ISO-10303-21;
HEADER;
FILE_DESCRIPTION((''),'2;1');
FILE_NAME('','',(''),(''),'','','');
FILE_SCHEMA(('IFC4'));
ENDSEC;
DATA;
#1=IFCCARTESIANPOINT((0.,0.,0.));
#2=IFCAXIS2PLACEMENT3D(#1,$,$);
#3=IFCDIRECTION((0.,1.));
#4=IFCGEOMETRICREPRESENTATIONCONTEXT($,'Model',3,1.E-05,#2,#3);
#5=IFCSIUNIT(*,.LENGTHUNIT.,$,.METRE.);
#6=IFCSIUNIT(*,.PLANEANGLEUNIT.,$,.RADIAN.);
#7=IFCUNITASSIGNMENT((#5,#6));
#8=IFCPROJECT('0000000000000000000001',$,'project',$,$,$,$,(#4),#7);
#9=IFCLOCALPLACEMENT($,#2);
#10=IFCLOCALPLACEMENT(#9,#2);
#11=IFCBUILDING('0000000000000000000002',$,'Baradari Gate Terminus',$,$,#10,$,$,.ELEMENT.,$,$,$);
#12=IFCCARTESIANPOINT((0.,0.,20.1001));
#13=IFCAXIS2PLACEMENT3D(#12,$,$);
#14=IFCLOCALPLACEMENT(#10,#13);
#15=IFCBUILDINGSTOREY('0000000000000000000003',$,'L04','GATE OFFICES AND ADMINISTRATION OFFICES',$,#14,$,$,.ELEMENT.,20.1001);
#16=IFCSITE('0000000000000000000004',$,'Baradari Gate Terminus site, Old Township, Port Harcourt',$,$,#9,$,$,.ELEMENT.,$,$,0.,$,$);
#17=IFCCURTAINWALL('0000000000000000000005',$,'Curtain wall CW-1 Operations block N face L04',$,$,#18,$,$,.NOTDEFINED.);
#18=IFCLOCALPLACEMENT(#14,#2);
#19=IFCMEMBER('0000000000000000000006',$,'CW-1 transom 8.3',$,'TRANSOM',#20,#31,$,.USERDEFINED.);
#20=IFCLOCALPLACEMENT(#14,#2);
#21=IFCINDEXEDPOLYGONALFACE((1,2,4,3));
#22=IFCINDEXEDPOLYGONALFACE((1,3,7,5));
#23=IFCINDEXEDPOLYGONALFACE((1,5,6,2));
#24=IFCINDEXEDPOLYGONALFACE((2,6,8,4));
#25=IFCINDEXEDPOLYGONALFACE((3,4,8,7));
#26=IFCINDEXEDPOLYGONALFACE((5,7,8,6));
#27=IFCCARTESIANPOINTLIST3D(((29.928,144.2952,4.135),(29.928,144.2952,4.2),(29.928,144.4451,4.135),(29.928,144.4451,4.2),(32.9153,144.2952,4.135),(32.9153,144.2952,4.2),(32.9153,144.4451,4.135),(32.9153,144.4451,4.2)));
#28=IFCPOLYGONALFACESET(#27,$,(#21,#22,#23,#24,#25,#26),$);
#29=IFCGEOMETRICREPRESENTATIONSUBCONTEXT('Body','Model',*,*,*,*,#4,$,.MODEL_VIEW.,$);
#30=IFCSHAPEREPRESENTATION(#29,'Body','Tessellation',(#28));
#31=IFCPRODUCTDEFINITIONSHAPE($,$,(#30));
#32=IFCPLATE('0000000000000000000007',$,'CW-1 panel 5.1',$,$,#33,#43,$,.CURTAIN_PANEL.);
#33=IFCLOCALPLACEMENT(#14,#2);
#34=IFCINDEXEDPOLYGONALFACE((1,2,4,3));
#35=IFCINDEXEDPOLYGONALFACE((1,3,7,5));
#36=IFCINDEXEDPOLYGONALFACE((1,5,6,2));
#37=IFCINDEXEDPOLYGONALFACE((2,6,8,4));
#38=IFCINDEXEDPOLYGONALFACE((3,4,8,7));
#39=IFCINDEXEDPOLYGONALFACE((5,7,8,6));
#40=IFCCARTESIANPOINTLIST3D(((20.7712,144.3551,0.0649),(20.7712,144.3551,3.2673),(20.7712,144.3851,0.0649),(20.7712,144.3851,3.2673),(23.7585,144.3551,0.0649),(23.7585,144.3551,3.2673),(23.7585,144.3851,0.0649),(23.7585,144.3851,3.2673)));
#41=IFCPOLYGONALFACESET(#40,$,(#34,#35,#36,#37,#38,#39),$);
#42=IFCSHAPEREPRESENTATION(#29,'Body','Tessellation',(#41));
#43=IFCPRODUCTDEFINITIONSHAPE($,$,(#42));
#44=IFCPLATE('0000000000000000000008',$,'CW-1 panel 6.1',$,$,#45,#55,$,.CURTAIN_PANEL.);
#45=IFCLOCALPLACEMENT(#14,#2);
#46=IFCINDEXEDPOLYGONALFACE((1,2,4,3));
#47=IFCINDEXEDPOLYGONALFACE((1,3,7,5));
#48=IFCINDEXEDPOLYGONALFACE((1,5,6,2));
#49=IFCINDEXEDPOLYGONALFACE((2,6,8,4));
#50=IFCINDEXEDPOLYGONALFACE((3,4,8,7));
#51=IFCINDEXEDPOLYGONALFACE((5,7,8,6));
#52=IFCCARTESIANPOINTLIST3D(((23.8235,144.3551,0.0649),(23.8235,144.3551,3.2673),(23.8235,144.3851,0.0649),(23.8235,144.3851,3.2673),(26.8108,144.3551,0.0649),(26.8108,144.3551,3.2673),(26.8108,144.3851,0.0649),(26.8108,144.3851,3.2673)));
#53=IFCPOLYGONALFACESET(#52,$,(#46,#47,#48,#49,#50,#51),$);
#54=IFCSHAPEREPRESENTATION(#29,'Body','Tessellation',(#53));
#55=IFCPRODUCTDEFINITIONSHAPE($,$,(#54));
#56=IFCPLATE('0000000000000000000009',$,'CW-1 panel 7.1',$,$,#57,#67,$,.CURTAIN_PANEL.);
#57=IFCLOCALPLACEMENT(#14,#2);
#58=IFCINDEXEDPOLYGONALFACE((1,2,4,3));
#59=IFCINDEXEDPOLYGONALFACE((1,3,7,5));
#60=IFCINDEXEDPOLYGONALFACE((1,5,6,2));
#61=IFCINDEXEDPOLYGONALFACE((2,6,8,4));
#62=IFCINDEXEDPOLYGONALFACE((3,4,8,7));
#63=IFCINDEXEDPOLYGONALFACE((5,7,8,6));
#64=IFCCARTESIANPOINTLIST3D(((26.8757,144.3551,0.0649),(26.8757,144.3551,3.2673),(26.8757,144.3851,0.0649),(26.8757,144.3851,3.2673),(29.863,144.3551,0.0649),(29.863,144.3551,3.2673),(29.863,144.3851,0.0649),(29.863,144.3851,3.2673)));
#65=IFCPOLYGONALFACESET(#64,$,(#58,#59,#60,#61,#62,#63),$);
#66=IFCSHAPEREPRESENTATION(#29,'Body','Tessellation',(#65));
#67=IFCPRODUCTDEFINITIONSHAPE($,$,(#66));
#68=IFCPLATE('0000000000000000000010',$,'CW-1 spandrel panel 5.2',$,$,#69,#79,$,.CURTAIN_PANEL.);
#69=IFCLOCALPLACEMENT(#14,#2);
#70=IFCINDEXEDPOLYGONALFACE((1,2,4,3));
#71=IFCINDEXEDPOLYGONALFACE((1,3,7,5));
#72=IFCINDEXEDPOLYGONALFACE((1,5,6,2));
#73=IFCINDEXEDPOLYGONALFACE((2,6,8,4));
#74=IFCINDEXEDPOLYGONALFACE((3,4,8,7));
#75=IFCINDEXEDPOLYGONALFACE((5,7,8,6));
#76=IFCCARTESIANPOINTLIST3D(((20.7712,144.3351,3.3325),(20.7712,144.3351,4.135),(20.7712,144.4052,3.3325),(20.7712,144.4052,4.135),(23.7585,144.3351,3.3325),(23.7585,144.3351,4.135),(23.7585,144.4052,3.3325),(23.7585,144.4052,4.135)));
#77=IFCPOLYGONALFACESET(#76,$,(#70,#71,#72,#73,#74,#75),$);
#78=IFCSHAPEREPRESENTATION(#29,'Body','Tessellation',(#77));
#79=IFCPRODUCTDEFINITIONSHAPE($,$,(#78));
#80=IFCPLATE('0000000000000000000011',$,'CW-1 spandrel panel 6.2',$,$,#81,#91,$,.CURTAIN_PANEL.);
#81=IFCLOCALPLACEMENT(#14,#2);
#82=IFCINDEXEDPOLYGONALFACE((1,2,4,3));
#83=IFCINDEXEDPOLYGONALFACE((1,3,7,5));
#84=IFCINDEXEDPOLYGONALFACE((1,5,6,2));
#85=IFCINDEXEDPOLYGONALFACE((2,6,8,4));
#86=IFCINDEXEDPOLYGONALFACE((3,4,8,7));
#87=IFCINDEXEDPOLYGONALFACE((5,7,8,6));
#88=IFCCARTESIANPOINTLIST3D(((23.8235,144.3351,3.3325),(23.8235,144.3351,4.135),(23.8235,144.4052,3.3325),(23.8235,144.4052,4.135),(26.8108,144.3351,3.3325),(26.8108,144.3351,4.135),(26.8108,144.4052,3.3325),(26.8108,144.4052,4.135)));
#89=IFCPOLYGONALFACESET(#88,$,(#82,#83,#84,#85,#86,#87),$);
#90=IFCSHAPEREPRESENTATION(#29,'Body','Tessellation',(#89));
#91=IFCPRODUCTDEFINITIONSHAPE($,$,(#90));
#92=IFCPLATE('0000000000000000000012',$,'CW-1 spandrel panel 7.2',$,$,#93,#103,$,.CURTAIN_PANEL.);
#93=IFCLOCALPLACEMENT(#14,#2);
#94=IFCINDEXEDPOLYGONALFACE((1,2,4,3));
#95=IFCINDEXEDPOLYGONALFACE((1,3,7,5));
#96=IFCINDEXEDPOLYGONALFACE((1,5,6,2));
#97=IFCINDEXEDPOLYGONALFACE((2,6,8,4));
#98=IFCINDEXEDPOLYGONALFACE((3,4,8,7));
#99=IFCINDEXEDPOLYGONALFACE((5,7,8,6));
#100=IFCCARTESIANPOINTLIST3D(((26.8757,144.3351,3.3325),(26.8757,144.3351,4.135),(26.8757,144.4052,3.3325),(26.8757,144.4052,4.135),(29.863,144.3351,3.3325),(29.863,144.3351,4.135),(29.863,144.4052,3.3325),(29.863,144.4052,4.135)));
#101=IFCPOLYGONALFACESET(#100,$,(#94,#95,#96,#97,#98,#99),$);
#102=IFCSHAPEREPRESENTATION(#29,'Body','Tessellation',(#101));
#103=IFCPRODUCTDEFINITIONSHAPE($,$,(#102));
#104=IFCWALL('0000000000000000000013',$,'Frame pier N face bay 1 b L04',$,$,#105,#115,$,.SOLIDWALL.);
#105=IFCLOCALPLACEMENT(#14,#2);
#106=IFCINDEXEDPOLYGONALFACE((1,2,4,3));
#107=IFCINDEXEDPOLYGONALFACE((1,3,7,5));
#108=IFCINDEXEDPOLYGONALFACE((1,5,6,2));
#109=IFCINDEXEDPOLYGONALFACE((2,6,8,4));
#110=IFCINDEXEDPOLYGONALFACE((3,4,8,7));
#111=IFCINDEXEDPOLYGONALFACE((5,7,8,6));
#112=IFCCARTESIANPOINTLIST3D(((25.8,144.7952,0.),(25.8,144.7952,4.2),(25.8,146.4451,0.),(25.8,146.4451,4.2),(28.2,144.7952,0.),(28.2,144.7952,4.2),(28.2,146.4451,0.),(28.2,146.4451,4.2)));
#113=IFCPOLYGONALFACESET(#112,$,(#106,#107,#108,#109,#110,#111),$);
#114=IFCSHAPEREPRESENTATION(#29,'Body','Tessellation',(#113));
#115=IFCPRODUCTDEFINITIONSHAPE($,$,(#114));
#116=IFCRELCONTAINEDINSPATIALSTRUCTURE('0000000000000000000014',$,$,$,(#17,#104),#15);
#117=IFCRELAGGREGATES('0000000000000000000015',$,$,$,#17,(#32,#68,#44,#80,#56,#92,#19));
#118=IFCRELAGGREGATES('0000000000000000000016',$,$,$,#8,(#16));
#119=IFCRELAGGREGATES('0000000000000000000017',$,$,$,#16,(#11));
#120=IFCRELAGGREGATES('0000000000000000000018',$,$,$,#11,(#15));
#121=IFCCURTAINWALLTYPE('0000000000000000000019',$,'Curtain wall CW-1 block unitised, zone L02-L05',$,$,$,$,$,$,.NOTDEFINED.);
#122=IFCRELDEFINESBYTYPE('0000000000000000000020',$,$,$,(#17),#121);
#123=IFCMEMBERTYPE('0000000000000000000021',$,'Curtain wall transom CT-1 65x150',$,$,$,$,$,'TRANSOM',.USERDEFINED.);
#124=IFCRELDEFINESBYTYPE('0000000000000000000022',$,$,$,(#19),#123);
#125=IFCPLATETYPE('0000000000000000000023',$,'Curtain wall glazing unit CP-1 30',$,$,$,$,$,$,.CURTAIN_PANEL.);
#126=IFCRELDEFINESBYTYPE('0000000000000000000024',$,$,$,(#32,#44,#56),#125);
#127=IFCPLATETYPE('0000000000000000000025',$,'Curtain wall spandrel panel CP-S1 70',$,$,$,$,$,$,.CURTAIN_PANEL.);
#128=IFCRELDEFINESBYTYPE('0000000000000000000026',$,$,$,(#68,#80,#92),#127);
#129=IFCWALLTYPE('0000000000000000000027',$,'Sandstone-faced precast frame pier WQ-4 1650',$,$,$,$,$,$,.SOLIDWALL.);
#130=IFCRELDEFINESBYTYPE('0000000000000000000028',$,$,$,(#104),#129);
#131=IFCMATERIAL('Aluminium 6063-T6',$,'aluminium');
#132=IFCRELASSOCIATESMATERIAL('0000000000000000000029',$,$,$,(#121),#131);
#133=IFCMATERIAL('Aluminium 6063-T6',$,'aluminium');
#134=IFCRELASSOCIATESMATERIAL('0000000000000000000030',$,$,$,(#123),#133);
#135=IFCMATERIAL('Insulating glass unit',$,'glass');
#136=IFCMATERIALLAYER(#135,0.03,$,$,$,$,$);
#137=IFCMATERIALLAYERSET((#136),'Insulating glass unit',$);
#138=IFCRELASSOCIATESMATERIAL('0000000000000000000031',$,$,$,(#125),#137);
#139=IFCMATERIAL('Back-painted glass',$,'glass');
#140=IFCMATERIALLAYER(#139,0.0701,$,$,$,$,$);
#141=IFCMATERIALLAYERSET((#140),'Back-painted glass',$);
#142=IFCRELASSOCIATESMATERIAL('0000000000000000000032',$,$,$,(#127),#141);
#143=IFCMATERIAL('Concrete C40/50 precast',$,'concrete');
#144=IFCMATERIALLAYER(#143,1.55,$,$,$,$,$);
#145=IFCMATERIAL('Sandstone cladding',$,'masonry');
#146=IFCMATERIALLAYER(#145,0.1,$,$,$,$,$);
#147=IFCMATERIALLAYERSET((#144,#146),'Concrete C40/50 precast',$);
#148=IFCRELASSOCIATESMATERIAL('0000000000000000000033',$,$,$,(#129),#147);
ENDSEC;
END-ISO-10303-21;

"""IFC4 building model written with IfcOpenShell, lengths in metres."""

from ifc_helpers import new_model, si_unit, direction, frame, frame_2d, origin, origin_2d, place, context, subcontext, project, spatial, rectangle, extrude, material, layer, layer_set, material_profile, profile_set, type_object, element, aggregate, save


model = new_model("IFC4")

# Units and contexts
model_context = context("Model", 3, precision=1e-05, world=origin(), true_north=direction((0.0, 1.0)))
body_context = subcontext(model_context, "Body", "Model", "MODEL_VIEW")
ifc_project = project(units=[si_unit("LENGTHUNIT", "METRE"), si_unit("PLANEANGLEUNIT", "RADIAN")], contexts=[model_context])

# Site, building, storey
site_placement = place(None, origin())
site = spatial("IfcSite", under=ifc_project, at=site_placement, Name="Baradari Gate Terminus site, Old Township, Port Harcourt", CompositionType="ELEMENT", RefElevation=0.0)
building_placement = place(site_placement, origin())
building = spatial("IfcBuilding", under=site, at=building_placement, Name="Baradari Gate Terminus", CompositionType="ELEMENT")
storey_placement = place(building_placement, frame((0.0, 0.0, 20.1001)))
storey = spatial("IfcBuildingStorey", under=building, at=storey_placement, Name="L04", Description="GATE OFFICES AND ADMINISTRATION OFFICES", CompositionType="ELEMENT", Elevation=20.1001)

# Curtain wall, member, plates
ifc_material_1 = material(Name="Aluminium 6063-T6", Category="aluminium")
curtain_wall_type = type_object("IfcCurtainWallType", Name="Curtain wall CW-1 block unitised, zone L02-L05", PredefinedType="NOTDEFINED", material=ifc_material_1)
curtain_wall_placement = place(storey_placement, origin())
curtain_wall = element("IfcCurtainWall", 1, at=curtain_wall_placement, inside=storey, type_object=curtain_wall_type, Name="Curtain wall CW-1 Operations block N face L04", PredefinedType="NOTDEFINED")
ifc_material_2 = material(Name="Aluminium 6063-T6", Category="aluminium")
ifc_material_profile_1 = material_profile(ifc_material_2, rectangle(XDim=0.1499, YDim=0.0649, at=origin_2d()), Name="CT-1 65X150")
ifc_profile_set_1 = profile_set([ifc_material_profile_1], Name="Aluminium 6063-T6")
member_type_1 = type_object("IfcMemberType", Name="Curtain wall transom CT-1 65x150", ElementType="TRANSOM", PredefinedType="USERDEFINED", material=ifc_profile_set_1)
member_1_placement = place(storey_placement, frame((29.928, 144.3701, 4.1675), z_axis=(1.0, 0.0, 0.0), x_axis=(0.0, 1.0, 0.0)))
member_1 = element("IfcMember", 2, at=member_1_placement, type_object=member_type_1, Name="CW-1 transom 8.3", ObjectType="TRANSOM", PredefinedType="USERDEFINED", context=body_context, shape_type="SweptSolid", body=[
    extrude(rectangle(XDim=0.1499, YDim=0.0649, at=origin_2d()), origin(), (0.0, 0.0, 1.0), 2.9873),
])
ifc_material_3 = material(Name="Insulating glass unit", Category="glass")
ifc_layer_1 = layer(ifc_material_3, 0.03)
ifc_layer_set_1 = layer_set([ifc_layer_1], Name="Insulating glass unit")
plate_type_1 = type_object("IfcPlateType", Name="Curtain wall glazing unit CP-1 30", PredefinedType="CURTAIN_PANEL", material=ifc_layer_set_1)
plate_1_placement = place(storey_placement, frame((22.2649, 144.3701, 0.0649), z_axis=(0.0, 0.0, 1.0), x_axis=(1.0, 0.0, 0.0)))
plate_1 = element("IfcPlate", 3, at=plate_1_placement, type_object=plate_type_1, Name="CW-1 panel 5.1", PredefinedType="CURTAIN_PANEL", context=body_context, shape_type="SweptSolid", body=[
    extrude(rectangle(XDim=2.9873, YDim=0.03, at=origin_2d()), origin(), (0.0, 0.0, 1.0), 3.2024),
])
plate_2_placement = place(storey_placement, frame((25.3171, 144.3701, 0.0649), z_axis=(0.0, 0.0, 1.0), x_axis=(1.0, 0.0, 0.0)))
plate_2 = element("IfcPlate", 4, at=plate_2_placement, type_object=plate_type_1, Name="CW-1 panel 6.1", PredefinedType="CURTAIN_PANEL", context=body_context, shape_type="SweptSolid", body=[
    extrude(rectangle(XDim=2.9873, YDim=0.03, at=origin_2d()), origin(), (0.0, 0.0, 1.0), 3.2024),
])
plate_3_placement = place(storey_placement, frame((28.3694, 144.3701, 0.0649), z_axis=(0.0, 0.0, 1.0), x_axis=(1.0, 0.0, 0.0)))
plate_3 = element("IfcPlate", 5, at=plate_3_placement, type_object=plate_type_1, Name="CW-1 panel 7.1", PredefinedType="CURTAIN_PANEL", context=body_context, shape_type="SweptSolid", body=[
    extrude(rectangle(XDim=2.9873, YDim=0.03, at=origin_2d()), origin(), (0.0, 0.0, 1.0), 3.2024),
])
ifc_material_4 = material(Name="Back-painted glass", Category="glass")
ifc_layer_2 = layer(ifc_material_4, 0.0701)
ifc_layer_set_2 = layer_set([ifc_layer_2], Name="Back-painted glass")
plate_type_2 = type_object("IfcPlateType", Name="Curtain wall spandrel panel CP-S1 70", PredefinedType="CURTAIN_PANEL", material=ifc_layer_set_2)
plate_4_placement = place(storey_placement, frame((22.2649, 144.3701, 3.3325), z_axis=(0.0, 0.0, 1.0), x_axis=(1.0, 0.0, 0.0)))
plate_4 = element("IfcPlate", 6, at=plate_4_placement, type_object=plate_type_2, Name="CW-1 spandrel panel 5.2", PredefinedType="CURTAIN_PANEL", context=body_context, shape_type="SweptSolid", body=[
    extrude(rectangle(XDim=2.9873, YDim=0.0701, at=origin_2d()), origin(), (0.0, 0.0, 1.0), 0.8025),
])
plate_5_placement = place(storey_placement, frame((25.3171, 144.3701, 3.3325), z_axis=(0.0, 0.0, 1.0), x_axis=(1.0, 0.0, 0.0)))
plate_5 = element("IfcPlate", 7, at=plate_5_placement, type_object=plate_type_2, Name="CW-1 spandrel panel 6.2", PredefinedType="CURTAIN_PANEL", context=body_context, shape_type="SweptSolid", body=[
    extrude(rectangle(XDim=2.9873, YDim=0.0701, at=origin_2d()), origin(), (0.0, 0.0, 1.0), 0.8025),
])
plate_6_placement = place(storey_placement, frame((28.3694, 144.3701, 3.3325), z_axis=(0.0, 0.0, 1.0), x_axis=(1.0, 0.0, 0.0)))
plate_6 = element("IfcPlate", 8, at=plate_6_placement, type_object=plate_type_2, Name="CW-1 spandrel panel 7.2", PredefinedType="CURTAIN_PANEL", context=body_context, shape_type="SweptSolid", body=[
    extrude(rectangle(XDim=2.9873, YDim=0.0701, at=origin_2d()), origin(), (0.0, 0.0, 1.0), 0.8025),
])
aggregate(curtain_wall, [plate_1, plate_4, plate_2, plate_5, plate_3, plate_6, member_1])

# Wall
ifc_material_5 = material(Name="Concrete C40/50 precast", Category="concrete")
ifc_layer_3 = layer(ifc_material_5, 1.55)
ifc_material_6 = material(Name="Sandstone cladding", Category="masonry")
ifc_layer_4 = layer(ifc_material_6, 0.1)
ifc_layer_set_3 = layer_set([ifc_layer_3, ifc_layer_4], Name="Concrete C40/50 precast")
wall_type = type_object("IfcWallType", Name="Sandstone-faced precast frame pier WQ-4 1650", PredefinedType="SOLIDWALL", material=ifc_layer_set_3)
wall_placement = place(storey_placement, frame((25.8, 145.6201, 0.0), z_axis=(0.0, 0.0, 1.0), x_axis=(1.0, 0.0, 0.0)))
element("IfcWall", 9, at=wall_placement, inside=storey, type_object=wall_type, Name="Frame pier N face bay 1 b L04", PredefinedType="SOLIDWALL", context=body_context, shape_type="SweptSolid", body=[
    extrude(rectangle(XDim=2.3999, YDim=1.6499, at=frame_2d((1.2, 0.0))), origin(), (0.0, 0.0, 1.0), 4.2),
])

save(model, "model.ifc")
